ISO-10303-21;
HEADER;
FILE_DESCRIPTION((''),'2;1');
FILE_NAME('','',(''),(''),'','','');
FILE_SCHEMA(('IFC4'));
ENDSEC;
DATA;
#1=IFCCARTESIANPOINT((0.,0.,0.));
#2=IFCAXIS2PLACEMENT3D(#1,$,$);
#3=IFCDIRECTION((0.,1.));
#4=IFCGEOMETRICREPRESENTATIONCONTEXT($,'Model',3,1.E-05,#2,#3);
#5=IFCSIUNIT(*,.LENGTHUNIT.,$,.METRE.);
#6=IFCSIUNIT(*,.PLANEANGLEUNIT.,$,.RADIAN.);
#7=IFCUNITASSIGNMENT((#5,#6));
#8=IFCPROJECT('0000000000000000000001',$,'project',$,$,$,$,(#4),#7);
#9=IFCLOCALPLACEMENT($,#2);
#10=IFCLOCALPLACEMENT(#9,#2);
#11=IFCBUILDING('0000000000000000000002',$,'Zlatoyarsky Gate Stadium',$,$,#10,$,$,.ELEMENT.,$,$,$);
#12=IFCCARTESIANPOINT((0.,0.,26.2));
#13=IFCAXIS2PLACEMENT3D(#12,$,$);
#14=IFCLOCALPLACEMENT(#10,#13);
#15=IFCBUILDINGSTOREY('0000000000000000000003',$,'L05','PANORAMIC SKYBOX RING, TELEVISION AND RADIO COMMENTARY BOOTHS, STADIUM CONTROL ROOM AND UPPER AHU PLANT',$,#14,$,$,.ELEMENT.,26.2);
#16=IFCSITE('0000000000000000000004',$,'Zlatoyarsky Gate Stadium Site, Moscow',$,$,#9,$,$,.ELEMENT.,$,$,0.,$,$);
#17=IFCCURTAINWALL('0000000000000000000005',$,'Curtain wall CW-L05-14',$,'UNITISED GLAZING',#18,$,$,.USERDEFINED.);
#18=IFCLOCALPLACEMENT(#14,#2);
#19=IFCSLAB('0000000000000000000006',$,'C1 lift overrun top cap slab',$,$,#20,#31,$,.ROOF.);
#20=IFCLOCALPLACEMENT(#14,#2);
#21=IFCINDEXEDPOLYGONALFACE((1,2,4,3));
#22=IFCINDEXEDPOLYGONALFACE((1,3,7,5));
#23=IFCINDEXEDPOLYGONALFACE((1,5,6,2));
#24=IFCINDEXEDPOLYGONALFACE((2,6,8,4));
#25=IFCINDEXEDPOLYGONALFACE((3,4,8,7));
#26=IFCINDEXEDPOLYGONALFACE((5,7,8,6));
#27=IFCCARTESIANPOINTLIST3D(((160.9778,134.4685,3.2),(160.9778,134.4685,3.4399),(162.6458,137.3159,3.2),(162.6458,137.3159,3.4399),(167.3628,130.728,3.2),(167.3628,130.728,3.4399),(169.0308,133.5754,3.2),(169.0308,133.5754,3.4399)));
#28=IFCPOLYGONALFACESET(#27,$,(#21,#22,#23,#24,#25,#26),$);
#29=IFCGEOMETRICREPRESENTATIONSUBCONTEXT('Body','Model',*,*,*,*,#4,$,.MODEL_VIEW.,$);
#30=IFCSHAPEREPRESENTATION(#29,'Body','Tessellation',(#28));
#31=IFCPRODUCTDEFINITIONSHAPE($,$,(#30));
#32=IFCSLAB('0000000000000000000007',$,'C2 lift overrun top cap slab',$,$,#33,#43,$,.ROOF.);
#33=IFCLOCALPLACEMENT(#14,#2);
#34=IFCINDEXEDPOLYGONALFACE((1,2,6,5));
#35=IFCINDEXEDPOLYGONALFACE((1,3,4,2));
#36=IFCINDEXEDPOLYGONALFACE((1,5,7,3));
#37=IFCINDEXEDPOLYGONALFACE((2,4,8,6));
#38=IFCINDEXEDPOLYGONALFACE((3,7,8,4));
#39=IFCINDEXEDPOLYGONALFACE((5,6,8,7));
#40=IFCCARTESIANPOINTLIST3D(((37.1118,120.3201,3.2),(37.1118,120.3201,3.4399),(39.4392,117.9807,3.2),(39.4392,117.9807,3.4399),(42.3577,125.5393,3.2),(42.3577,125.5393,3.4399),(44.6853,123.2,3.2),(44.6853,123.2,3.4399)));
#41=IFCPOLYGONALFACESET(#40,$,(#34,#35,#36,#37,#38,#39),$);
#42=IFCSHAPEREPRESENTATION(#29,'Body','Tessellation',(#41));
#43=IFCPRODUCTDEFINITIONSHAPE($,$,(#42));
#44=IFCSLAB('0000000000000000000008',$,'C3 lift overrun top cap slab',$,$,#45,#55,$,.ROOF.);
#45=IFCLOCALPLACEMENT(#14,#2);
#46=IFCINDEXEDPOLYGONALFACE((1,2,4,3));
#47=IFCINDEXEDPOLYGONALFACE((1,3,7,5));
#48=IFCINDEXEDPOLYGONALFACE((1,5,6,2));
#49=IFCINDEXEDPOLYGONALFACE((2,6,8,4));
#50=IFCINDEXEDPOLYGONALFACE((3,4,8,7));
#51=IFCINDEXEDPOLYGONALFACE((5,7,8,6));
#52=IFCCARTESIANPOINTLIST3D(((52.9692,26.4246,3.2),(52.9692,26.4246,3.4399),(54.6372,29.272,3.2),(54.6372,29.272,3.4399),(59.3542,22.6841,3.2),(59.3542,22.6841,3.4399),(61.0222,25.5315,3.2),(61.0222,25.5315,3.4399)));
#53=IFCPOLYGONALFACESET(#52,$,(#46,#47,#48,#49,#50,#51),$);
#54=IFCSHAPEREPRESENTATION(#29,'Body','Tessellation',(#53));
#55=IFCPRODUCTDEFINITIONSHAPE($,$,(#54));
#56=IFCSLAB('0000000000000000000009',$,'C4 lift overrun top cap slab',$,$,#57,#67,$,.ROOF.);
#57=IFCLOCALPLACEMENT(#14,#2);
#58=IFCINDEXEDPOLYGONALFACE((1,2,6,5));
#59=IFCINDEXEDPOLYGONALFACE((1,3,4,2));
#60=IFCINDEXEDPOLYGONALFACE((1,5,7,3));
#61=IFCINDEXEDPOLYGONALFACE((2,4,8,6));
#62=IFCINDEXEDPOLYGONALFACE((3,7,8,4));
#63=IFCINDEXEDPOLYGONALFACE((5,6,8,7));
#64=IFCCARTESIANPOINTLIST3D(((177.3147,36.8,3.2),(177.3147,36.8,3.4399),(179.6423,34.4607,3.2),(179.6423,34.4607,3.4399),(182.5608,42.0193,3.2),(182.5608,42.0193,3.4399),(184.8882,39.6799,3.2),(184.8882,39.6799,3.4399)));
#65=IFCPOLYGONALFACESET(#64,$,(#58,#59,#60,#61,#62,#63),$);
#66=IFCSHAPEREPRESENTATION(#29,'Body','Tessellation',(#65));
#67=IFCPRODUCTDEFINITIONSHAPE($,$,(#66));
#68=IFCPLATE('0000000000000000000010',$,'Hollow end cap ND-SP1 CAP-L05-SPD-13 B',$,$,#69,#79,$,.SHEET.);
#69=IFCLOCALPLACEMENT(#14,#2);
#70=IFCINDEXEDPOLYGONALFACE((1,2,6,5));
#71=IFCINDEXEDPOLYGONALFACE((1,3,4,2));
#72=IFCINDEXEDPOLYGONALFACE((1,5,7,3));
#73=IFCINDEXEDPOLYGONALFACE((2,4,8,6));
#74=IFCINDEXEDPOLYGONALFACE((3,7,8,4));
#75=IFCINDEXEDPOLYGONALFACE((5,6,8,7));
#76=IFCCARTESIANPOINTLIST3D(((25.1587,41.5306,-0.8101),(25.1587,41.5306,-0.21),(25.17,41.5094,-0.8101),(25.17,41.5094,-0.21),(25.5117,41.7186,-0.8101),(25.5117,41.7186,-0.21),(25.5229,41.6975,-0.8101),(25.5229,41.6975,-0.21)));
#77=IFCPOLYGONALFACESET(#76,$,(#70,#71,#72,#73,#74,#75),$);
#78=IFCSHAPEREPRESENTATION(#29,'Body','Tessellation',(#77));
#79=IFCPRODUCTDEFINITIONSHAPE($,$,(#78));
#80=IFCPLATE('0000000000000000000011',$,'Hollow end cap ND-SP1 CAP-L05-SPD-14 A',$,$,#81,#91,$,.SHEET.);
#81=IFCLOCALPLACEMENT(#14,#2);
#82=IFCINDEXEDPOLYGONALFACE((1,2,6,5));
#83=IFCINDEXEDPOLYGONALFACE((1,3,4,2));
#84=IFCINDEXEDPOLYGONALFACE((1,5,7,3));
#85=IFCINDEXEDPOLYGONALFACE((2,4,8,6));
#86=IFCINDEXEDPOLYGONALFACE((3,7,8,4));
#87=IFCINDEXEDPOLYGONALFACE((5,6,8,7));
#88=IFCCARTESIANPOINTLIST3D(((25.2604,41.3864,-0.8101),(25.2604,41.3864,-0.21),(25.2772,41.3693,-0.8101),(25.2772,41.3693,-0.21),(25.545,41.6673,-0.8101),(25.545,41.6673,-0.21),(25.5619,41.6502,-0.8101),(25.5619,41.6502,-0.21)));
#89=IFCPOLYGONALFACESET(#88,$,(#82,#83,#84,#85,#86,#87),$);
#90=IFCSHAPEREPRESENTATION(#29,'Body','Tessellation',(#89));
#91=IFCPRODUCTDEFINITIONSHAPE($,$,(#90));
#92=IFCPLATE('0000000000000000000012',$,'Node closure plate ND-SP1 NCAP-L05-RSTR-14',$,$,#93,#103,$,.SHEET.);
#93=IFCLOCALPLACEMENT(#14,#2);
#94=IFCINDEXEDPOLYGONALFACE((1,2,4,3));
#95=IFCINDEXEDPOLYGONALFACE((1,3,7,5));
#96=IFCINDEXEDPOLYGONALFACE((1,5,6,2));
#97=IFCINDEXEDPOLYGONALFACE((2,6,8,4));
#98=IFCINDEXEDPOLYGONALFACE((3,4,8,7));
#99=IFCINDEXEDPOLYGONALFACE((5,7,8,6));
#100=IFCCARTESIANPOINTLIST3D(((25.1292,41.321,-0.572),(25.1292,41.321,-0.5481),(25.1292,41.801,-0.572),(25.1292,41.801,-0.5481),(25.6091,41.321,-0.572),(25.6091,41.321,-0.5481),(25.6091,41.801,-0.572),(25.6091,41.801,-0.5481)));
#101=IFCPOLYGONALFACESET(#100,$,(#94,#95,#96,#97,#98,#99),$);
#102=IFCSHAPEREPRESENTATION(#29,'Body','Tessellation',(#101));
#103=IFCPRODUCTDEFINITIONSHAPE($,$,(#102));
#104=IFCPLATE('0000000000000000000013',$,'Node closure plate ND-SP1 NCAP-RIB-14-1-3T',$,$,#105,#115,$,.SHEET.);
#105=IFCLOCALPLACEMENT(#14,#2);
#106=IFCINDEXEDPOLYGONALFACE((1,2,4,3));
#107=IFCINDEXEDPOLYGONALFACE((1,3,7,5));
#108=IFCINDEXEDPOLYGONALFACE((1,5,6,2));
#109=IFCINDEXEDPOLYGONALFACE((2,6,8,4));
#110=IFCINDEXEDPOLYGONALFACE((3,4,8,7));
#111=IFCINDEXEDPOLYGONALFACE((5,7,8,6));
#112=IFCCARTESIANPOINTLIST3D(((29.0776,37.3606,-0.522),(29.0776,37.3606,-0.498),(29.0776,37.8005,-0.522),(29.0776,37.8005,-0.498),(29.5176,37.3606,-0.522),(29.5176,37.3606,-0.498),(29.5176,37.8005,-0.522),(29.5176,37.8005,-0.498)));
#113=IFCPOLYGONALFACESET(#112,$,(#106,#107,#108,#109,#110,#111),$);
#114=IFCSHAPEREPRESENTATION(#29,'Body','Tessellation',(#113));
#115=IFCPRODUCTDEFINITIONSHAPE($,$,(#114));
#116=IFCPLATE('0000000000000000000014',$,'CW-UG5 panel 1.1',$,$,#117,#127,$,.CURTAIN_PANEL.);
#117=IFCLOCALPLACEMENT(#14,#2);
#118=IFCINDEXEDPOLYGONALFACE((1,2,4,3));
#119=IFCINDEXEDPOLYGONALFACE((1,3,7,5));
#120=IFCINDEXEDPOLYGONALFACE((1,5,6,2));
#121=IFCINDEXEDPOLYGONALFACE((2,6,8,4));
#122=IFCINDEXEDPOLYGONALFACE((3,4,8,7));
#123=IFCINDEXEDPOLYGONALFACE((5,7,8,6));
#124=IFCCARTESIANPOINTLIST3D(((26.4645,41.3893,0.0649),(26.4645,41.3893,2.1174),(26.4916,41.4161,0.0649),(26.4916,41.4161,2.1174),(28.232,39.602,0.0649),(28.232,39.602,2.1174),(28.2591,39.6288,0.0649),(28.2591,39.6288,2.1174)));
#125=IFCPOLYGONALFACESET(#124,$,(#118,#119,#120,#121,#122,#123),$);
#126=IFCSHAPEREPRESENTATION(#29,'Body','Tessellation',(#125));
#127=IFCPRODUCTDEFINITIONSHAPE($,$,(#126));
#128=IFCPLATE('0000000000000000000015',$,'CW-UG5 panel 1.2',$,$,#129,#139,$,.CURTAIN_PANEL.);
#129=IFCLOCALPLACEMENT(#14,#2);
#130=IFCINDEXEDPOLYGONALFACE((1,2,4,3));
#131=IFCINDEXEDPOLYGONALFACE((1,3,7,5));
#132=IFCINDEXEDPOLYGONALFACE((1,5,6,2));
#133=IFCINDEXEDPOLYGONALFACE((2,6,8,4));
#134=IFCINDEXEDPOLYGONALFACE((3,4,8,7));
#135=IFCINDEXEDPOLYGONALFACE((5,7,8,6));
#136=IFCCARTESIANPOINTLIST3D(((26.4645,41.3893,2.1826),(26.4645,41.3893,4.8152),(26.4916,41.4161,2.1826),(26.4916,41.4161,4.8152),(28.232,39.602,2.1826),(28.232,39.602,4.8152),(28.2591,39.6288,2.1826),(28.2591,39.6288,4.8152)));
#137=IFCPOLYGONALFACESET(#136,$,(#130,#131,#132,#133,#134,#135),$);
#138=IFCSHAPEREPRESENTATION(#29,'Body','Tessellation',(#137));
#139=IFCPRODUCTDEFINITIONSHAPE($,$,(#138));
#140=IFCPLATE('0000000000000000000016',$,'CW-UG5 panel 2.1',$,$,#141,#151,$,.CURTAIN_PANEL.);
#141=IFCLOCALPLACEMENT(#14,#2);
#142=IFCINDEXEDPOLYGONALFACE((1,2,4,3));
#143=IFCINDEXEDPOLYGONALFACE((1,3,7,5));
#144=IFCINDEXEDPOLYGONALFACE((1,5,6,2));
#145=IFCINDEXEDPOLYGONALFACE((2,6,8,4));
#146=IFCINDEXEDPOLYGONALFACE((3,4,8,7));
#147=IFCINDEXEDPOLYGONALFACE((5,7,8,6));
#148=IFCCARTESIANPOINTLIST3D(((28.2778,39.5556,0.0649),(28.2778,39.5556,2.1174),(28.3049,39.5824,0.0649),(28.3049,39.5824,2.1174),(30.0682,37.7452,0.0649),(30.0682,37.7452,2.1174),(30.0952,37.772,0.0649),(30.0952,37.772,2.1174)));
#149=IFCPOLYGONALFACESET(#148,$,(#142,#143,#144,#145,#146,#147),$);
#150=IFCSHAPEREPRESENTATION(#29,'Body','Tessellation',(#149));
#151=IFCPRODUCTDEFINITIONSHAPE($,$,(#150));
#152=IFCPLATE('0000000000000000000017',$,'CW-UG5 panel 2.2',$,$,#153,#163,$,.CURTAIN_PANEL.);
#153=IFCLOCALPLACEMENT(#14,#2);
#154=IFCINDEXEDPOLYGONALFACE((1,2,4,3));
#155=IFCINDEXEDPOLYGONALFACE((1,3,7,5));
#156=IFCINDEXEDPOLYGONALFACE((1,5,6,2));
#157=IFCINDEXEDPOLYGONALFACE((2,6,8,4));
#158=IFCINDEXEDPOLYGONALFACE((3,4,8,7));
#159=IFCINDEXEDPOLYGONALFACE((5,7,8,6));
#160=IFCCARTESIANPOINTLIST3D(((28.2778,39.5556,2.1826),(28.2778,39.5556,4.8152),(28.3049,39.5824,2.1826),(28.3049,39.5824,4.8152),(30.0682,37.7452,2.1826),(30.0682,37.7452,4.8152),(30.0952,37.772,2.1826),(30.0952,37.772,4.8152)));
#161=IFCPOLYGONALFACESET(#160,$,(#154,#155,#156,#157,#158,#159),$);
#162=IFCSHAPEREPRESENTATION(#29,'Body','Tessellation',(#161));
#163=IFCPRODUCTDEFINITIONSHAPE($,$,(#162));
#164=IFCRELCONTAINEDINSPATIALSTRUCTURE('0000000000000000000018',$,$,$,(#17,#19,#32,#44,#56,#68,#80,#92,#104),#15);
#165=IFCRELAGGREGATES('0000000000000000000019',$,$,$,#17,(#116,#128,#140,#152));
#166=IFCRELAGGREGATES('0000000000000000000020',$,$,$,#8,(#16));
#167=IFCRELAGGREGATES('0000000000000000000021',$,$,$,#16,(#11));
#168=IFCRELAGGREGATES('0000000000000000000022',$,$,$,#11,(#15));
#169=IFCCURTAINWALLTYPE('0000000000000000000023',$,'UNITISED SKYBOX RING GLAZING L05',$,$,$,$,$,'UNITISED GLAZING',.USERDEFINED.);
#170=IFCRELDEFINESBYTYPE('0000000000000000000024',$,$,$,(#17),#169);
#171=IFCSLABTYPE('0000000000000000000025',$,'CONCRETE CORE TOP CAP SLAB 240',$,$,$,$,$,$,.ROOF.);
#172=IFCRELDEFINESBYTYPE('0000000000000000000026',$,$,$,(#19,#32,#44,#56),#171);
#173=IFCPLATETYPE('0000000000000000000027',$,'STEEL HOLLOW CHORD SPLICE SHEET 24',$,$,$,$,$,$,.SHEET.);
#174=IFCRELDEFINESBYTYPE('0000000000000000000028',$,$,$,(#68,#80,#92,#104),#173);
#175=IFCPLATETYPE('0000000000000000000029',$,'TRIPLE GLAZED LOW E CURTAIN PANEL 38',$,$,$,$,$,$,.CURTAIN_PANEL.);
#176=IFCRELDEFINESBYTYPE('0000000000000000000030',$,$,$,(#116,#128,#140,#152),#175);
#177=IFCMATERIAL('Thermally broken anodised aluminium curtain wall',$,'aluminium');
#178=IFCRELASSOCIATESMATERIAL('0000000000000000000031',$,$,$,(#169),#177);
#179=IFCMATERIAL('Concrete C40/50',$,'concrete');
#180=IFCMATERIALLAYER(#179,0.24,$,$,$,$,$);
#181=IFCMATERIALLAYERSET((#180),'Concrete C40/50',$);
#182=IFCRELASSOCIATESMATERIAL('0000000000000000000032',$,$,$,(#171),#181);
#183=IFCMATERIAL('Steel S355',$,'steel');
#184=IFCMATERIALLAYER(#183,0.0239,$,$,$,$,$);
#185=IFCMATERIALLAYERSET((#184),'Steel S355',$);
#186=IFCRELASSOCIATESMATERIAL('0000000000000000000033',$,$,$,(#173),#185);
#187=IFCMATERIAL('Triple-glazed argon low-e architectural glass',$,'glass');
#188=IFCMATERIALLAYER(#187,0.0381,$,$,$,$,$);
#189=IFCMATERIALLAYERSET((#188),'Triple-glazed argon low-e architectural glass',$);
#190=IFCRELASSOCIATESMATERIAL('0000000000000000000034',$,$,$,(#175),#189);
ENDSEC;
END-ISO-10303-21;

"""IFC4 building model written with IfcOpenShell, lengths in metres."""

from ifc_helpers import new_model, si_unit, direction, frame, origin, origin_2d, place, context, subcontext, project, spatial, polyline, rectangle, outline, extrude, material, layer, layer_set, type_object, element, aggregate, save


model = new_model("IFC4")

# Units and contexts
model_context = context("Model", 3, precision=1e-05, world=origin(), true_north=direction((0.0, 1.0)))
body_context = subcontext(model_context, "Body", "Model", "MODEL_VIEW")
ifc_project = project(units=[si_unit("LENGTHUNIT", "METRE"), si_unit("PLANEANGLEUNIT", "RADIAN")], contexts=[model_context])

# Site, building, storey
site_placement = place(None, origin())
site = spatial("IfcSite", under=ifc_project, at=site_placement, Name="Zlatoyarsky Gate Stadium Site, Moscow", CompositionType="ELEMENT", RefElevation=0.0)
building_placement = place(site_placement, origin())
building = spatial("IfcBuilding", under=site, at=building_placement, Name="Zlatoyarsky Gate Stadium", CompositionType="ELEMENT")
storey_placement = place(building_placement, frame((0.0, 0.0, 26.2)))
storey = spatial("IfcBuildingStorey", under=building, at=storey_placement, Name="L05", Description="PANORAMIC SKYBOX RING, TELEVISION AND RADIO COMMENTARY BOOTHS, STADIUM CONTROL ROOM AND UPPER AHU PLANT", CompositionType="ELEMENT", Elevation=26.2)

# Shared definitions
ifc_material_1 = material(Name="Thermally broken anodised aluminium curtain wall", Category="aluminium")
curtain_wall_type = type_object("IfcCurtainWallType", Name="UNITISED SKYBOX RING GLAZING L05", ElementType="UNITISED GLAZING", PredefinedType="USERDEFINED", material=ifc_material_1)

# Curtain wall
curtain_wall_1_placement = place(storey_placement, origin())
curtain_wall_1 = element("IfcCurtainWall", 1, at=curtain_wall_1_placement, inside=storey, type_object=curtain_wall_type, Name="Curtain wall CW-L05-14", ObjectType="UNITISED GLAZING", PredefinedType="USERDEFINED")

# Shared definitions
ifc_material_2 = material(Name="Steel S355", Category="steel")

# Slabs
ifc_material_3 = material(Name="Concrete C40/50", Category="concrete")
ifc_layer_1 = layer(ifc_material_3, 0.24)
ifc_layer_set_1 = layer_set([ifc_layer_1], Name="Concrete C40/50")
slab_type = type_object("IfcSlabType", Name="CONCRETE CORE TOP CAP SLAB 240", PredefinedType="ROOF", material=ifc_layer_set_1)
slab_1_placement = place(storey_placement, frame((0.0, 0.0, 3.2)))
element("IfcSlab", 2, at=slab_1_placement, inside=storey, type_object=slab_type, Name="C1 lift overrun top cap slab", PredefinedType="ROOF", context=body_context, shape_type="SweptSolid", body=[
    extrude(outline(polyline([(169.0308, 133.5754), (162.6458, 137.3159), (160.9778, 134.4685), (167.3628, 130.728), (169.0308, 133.5754)])), origin(), (0.0, 0.0, 1.0), 0.24),
])
slab_2_placement = place(storey_placement, frame((0.0, 0.0, 3.2)))
element("IfcSlab", 3, at=slab_2_placement, inside=storey, type_object=slab_type, Name="C2 lift overrun top cap slab", PredefinedType="ROOF", context=body_context, shape_type="SweptSolid", body=[
    extrude(outline(polyline([(42.3577, 125.5393), (37.1118, 120.3201), (39.4392, 117.9807), (44.6853, 123.2), (42.3577, 125.5393)])), origin(), (0.0, 0.0, 1.0), 0.24),
])
slab_3_placement = place(storey_placement, frame((0.0, 0.0, 3.2)))
element("IfcSlab", 4, at=slab_3_placement, inside=storey, type_object=slab_type, Name="C3 lift overrun top cap slab", PredefinedType="ROOF", context=body_context, shape_type="SweptSolid", body=[
    extrude(outline(polyline([(52.9692, 26.4246), (59.3542, 22.6841), (61.0222, 25.5315), (54.6372, 29.272), (52.9692, 26.4246)])), origin(), (0.0, 0.0, 1.0), 0.24),
])
slab_4_placement = place(storey_placement, frame((0.0, 0.0, 3.2)))
element("IfcSlab", 5, at=slab_4_placement, inside=storey, type_object=slab_type, Name="C4 lift overrun top cap slab", PredefinedType="ROOF", context=body_context, shape_type="SweptSolid", body=[
    extrude(outline(polyline([(179.6423, 34.4607), (184.8882, 39.6799), (182.5608, 42.0193), (177.3147, 36.8), (179.6423, 34.4607)])), origin(), (0.0, 0.0, 1.0), 0.24),
])

# Plates
ifc_layer_2 = layer(ifc_material_2, 0.0239)
ifc_layer_set_2 = layer_set([ifc_layer_2], Name="Steel S355")
plate_type_1 = type_object("IfcPlateType", Name="STEEL HOLLOW CHORD SPLICE SHEET 24", PredefinedType="SHEET", material=ifc_layer_set_2)
for number, where, z_axis, x_axis, name in (
    (6, (25.3408, 41.614, -0.8101), (0.0, 0.0, 1.0), (0.470188, -0.882566, 0.0), "Hollow end cap ND-SP1 CAP-L05-SPD-13 B"),
    (7, (25.4111, 41.5183, -0.8101), (0.0, 0.0, 1.0), (0.702431, -0.711752, 0.0), "Hollow end cap ND-SP1 CAP-L05-SPD-14 A"),
):
    element("IfcPlate", number, at=place(storey_placement, frame(where, z_axis=z_axis, x_axis=x_axis)), inside=storey, type_object=plate_type_1, Name=name, PredefinedType="SHEET", context=body_context, shape_type="SweptSolid", body=[
        extrude(rectangle(XDim=0.0239, YDim=0.3999, at=origin_2d()), origin(), (0.0, 0.0, 1.0), 0.6001),
    ])
plate_1_placement = place(storey_placement, frame((25.3691, 41.561, -0.572), z_axis=(0.0, 0.0, 1.0), x_axis=(1.0, 0.0, 0.0)))
element("IfcPlate", 8, at=plate_1_placement, inside=storey, type_object=plate_type_1, Name="Node closure plate ND-SP1 NCAP-L05-RSTR-14", PredefinedType="SHEET", context=body_context, shape_type="SweptSolid", body=[
    extrude(rectangle(XDim=0.48, YDim=0.48, at=origin_2d()), origin(), (0.0, 0.0, 1.0), 0.0239),
])
plate_2_placement = place(storey_placement, frame((29.2976, 37.5806, -0.522), z_axis=(0.0, 0.0, 1.0), x_axis=(1.0, 0.0, 0.0)))
element("IfcPlate", 9, at=plate_2_placement, inside=storey, type_object=plate_type_1, Name="Node closure plate ND-SP1 NCAP-RIB-14-1-3T", PredefinedType="SHEET", context=body_context, shape_type="SweptSolid", body=[
    extrude(rectangle(XDim=0.4399, YDim=0.4399, at=origin_2d()), origin(), (0.0, 0.0, 1.0), 0.0239),
])

# Plates
ifc_material_4 = material(Name="Triple-glazed argon low-e architectural glass", Category="glass")
ifc_layer_3 = layer(ifc_material_4, 0.0381)
ifc_layer_set_3 = layer_set([ifc_layer_3], Name="Triple-glazed argon low-e architectural glass")
plate_type_2 = type_object("IfcPlateType", Name="TRIPLE GLAZED LOW E CURTAIN PANEL 38", PredefinedType="CURTAIN_PANEL", material=ifc_layer_set_3)
plate_3_placement = place(storey_placement, frame((27.3618, 40.509, 0.0649), z_axis=(0.0, 0.0, 1.0), x_axis=(0.703156, -0.711036, 0.0)))
plate_3 = element("IfcPlate", 10, at=plate_3_placement, type_object=plate_type_2, Name="CW-UG5 panel 1.1", PredefinedType="CURTAIN_PANEL", context=body_context, shape_type="SweptSolid", body=[
    extrude(rectangle(XDim=2.5137, YDim=0.0381, at=origin_2d()), origin(), (0.0, 0.0, 1.0), 2.0525),
])
plate_4_placement = place(storey_placement, frame((27.3618, 40.509, 2.1826), z_axis=(0.0, 0.0, 1.0), x_axis=(0.703156, -0.711036, 0.0)))
plate_4 = element("IfcPlate", 11, at=plate_4_placement, type_object=plate_type_2, Name="CW-UG5 panel 1.2", PredefinedType="CURTAIN_PANEL", context=body_context, shape_type="SweptSolid", body=[
    extrude(rectangle(XDim=2.5137, YDim=0.0381, at=origin_2d()), origin(), (0.0, 0.0, 1.0), 2.6326),
])
plate_5_placement = place(storey_placement, frame((29.1865, 38.6638, 0.0649), z_axis=(0.0, 0.0, 1.0), x_axis=(0.703156, -0.711036, 0.0)))
plate_5 = element("IfcPlate", 12, at=plate_5_placement, type_object=plate_type_2, Name="CW-UG5 panel 2.1", PredefinedType="CURTAIN_PANEL", context=body_context, shape_type="SweptSolid", body=[
    extrude(rectangle(XDim=2.5461, YDim=0.0381, at=origin_2d()), origin(), (0.0, 0.0, 1.0), 2.0525),
])
plate_6_placement = place(storey_placement, frame((29.1865, 38.6638, 2.1826), z_axis=(0.0, 0.0, 1.0), x_axis=(0.703156, -0.711036, 0.0)))
plate_6 = element("IfcPlate", 13, at=plate_6_placement, type_object=plate_type_2, Name="CW-UG5 panel 2.2", PredefinedType="CURTAIN_PANEL", context=body_context, shape_type="SweptSolid", body=[
    extrude(rectangle(XDim=2.5461, YDim=0.0381, at=origin_2d()), origin(), (0.0, 0.0, 1.0), 2.6326),
])
aggregate(curtain_wall_1, [plate_3, plate_4, plate_5, plate_6])

save(model, "model.ifc")
